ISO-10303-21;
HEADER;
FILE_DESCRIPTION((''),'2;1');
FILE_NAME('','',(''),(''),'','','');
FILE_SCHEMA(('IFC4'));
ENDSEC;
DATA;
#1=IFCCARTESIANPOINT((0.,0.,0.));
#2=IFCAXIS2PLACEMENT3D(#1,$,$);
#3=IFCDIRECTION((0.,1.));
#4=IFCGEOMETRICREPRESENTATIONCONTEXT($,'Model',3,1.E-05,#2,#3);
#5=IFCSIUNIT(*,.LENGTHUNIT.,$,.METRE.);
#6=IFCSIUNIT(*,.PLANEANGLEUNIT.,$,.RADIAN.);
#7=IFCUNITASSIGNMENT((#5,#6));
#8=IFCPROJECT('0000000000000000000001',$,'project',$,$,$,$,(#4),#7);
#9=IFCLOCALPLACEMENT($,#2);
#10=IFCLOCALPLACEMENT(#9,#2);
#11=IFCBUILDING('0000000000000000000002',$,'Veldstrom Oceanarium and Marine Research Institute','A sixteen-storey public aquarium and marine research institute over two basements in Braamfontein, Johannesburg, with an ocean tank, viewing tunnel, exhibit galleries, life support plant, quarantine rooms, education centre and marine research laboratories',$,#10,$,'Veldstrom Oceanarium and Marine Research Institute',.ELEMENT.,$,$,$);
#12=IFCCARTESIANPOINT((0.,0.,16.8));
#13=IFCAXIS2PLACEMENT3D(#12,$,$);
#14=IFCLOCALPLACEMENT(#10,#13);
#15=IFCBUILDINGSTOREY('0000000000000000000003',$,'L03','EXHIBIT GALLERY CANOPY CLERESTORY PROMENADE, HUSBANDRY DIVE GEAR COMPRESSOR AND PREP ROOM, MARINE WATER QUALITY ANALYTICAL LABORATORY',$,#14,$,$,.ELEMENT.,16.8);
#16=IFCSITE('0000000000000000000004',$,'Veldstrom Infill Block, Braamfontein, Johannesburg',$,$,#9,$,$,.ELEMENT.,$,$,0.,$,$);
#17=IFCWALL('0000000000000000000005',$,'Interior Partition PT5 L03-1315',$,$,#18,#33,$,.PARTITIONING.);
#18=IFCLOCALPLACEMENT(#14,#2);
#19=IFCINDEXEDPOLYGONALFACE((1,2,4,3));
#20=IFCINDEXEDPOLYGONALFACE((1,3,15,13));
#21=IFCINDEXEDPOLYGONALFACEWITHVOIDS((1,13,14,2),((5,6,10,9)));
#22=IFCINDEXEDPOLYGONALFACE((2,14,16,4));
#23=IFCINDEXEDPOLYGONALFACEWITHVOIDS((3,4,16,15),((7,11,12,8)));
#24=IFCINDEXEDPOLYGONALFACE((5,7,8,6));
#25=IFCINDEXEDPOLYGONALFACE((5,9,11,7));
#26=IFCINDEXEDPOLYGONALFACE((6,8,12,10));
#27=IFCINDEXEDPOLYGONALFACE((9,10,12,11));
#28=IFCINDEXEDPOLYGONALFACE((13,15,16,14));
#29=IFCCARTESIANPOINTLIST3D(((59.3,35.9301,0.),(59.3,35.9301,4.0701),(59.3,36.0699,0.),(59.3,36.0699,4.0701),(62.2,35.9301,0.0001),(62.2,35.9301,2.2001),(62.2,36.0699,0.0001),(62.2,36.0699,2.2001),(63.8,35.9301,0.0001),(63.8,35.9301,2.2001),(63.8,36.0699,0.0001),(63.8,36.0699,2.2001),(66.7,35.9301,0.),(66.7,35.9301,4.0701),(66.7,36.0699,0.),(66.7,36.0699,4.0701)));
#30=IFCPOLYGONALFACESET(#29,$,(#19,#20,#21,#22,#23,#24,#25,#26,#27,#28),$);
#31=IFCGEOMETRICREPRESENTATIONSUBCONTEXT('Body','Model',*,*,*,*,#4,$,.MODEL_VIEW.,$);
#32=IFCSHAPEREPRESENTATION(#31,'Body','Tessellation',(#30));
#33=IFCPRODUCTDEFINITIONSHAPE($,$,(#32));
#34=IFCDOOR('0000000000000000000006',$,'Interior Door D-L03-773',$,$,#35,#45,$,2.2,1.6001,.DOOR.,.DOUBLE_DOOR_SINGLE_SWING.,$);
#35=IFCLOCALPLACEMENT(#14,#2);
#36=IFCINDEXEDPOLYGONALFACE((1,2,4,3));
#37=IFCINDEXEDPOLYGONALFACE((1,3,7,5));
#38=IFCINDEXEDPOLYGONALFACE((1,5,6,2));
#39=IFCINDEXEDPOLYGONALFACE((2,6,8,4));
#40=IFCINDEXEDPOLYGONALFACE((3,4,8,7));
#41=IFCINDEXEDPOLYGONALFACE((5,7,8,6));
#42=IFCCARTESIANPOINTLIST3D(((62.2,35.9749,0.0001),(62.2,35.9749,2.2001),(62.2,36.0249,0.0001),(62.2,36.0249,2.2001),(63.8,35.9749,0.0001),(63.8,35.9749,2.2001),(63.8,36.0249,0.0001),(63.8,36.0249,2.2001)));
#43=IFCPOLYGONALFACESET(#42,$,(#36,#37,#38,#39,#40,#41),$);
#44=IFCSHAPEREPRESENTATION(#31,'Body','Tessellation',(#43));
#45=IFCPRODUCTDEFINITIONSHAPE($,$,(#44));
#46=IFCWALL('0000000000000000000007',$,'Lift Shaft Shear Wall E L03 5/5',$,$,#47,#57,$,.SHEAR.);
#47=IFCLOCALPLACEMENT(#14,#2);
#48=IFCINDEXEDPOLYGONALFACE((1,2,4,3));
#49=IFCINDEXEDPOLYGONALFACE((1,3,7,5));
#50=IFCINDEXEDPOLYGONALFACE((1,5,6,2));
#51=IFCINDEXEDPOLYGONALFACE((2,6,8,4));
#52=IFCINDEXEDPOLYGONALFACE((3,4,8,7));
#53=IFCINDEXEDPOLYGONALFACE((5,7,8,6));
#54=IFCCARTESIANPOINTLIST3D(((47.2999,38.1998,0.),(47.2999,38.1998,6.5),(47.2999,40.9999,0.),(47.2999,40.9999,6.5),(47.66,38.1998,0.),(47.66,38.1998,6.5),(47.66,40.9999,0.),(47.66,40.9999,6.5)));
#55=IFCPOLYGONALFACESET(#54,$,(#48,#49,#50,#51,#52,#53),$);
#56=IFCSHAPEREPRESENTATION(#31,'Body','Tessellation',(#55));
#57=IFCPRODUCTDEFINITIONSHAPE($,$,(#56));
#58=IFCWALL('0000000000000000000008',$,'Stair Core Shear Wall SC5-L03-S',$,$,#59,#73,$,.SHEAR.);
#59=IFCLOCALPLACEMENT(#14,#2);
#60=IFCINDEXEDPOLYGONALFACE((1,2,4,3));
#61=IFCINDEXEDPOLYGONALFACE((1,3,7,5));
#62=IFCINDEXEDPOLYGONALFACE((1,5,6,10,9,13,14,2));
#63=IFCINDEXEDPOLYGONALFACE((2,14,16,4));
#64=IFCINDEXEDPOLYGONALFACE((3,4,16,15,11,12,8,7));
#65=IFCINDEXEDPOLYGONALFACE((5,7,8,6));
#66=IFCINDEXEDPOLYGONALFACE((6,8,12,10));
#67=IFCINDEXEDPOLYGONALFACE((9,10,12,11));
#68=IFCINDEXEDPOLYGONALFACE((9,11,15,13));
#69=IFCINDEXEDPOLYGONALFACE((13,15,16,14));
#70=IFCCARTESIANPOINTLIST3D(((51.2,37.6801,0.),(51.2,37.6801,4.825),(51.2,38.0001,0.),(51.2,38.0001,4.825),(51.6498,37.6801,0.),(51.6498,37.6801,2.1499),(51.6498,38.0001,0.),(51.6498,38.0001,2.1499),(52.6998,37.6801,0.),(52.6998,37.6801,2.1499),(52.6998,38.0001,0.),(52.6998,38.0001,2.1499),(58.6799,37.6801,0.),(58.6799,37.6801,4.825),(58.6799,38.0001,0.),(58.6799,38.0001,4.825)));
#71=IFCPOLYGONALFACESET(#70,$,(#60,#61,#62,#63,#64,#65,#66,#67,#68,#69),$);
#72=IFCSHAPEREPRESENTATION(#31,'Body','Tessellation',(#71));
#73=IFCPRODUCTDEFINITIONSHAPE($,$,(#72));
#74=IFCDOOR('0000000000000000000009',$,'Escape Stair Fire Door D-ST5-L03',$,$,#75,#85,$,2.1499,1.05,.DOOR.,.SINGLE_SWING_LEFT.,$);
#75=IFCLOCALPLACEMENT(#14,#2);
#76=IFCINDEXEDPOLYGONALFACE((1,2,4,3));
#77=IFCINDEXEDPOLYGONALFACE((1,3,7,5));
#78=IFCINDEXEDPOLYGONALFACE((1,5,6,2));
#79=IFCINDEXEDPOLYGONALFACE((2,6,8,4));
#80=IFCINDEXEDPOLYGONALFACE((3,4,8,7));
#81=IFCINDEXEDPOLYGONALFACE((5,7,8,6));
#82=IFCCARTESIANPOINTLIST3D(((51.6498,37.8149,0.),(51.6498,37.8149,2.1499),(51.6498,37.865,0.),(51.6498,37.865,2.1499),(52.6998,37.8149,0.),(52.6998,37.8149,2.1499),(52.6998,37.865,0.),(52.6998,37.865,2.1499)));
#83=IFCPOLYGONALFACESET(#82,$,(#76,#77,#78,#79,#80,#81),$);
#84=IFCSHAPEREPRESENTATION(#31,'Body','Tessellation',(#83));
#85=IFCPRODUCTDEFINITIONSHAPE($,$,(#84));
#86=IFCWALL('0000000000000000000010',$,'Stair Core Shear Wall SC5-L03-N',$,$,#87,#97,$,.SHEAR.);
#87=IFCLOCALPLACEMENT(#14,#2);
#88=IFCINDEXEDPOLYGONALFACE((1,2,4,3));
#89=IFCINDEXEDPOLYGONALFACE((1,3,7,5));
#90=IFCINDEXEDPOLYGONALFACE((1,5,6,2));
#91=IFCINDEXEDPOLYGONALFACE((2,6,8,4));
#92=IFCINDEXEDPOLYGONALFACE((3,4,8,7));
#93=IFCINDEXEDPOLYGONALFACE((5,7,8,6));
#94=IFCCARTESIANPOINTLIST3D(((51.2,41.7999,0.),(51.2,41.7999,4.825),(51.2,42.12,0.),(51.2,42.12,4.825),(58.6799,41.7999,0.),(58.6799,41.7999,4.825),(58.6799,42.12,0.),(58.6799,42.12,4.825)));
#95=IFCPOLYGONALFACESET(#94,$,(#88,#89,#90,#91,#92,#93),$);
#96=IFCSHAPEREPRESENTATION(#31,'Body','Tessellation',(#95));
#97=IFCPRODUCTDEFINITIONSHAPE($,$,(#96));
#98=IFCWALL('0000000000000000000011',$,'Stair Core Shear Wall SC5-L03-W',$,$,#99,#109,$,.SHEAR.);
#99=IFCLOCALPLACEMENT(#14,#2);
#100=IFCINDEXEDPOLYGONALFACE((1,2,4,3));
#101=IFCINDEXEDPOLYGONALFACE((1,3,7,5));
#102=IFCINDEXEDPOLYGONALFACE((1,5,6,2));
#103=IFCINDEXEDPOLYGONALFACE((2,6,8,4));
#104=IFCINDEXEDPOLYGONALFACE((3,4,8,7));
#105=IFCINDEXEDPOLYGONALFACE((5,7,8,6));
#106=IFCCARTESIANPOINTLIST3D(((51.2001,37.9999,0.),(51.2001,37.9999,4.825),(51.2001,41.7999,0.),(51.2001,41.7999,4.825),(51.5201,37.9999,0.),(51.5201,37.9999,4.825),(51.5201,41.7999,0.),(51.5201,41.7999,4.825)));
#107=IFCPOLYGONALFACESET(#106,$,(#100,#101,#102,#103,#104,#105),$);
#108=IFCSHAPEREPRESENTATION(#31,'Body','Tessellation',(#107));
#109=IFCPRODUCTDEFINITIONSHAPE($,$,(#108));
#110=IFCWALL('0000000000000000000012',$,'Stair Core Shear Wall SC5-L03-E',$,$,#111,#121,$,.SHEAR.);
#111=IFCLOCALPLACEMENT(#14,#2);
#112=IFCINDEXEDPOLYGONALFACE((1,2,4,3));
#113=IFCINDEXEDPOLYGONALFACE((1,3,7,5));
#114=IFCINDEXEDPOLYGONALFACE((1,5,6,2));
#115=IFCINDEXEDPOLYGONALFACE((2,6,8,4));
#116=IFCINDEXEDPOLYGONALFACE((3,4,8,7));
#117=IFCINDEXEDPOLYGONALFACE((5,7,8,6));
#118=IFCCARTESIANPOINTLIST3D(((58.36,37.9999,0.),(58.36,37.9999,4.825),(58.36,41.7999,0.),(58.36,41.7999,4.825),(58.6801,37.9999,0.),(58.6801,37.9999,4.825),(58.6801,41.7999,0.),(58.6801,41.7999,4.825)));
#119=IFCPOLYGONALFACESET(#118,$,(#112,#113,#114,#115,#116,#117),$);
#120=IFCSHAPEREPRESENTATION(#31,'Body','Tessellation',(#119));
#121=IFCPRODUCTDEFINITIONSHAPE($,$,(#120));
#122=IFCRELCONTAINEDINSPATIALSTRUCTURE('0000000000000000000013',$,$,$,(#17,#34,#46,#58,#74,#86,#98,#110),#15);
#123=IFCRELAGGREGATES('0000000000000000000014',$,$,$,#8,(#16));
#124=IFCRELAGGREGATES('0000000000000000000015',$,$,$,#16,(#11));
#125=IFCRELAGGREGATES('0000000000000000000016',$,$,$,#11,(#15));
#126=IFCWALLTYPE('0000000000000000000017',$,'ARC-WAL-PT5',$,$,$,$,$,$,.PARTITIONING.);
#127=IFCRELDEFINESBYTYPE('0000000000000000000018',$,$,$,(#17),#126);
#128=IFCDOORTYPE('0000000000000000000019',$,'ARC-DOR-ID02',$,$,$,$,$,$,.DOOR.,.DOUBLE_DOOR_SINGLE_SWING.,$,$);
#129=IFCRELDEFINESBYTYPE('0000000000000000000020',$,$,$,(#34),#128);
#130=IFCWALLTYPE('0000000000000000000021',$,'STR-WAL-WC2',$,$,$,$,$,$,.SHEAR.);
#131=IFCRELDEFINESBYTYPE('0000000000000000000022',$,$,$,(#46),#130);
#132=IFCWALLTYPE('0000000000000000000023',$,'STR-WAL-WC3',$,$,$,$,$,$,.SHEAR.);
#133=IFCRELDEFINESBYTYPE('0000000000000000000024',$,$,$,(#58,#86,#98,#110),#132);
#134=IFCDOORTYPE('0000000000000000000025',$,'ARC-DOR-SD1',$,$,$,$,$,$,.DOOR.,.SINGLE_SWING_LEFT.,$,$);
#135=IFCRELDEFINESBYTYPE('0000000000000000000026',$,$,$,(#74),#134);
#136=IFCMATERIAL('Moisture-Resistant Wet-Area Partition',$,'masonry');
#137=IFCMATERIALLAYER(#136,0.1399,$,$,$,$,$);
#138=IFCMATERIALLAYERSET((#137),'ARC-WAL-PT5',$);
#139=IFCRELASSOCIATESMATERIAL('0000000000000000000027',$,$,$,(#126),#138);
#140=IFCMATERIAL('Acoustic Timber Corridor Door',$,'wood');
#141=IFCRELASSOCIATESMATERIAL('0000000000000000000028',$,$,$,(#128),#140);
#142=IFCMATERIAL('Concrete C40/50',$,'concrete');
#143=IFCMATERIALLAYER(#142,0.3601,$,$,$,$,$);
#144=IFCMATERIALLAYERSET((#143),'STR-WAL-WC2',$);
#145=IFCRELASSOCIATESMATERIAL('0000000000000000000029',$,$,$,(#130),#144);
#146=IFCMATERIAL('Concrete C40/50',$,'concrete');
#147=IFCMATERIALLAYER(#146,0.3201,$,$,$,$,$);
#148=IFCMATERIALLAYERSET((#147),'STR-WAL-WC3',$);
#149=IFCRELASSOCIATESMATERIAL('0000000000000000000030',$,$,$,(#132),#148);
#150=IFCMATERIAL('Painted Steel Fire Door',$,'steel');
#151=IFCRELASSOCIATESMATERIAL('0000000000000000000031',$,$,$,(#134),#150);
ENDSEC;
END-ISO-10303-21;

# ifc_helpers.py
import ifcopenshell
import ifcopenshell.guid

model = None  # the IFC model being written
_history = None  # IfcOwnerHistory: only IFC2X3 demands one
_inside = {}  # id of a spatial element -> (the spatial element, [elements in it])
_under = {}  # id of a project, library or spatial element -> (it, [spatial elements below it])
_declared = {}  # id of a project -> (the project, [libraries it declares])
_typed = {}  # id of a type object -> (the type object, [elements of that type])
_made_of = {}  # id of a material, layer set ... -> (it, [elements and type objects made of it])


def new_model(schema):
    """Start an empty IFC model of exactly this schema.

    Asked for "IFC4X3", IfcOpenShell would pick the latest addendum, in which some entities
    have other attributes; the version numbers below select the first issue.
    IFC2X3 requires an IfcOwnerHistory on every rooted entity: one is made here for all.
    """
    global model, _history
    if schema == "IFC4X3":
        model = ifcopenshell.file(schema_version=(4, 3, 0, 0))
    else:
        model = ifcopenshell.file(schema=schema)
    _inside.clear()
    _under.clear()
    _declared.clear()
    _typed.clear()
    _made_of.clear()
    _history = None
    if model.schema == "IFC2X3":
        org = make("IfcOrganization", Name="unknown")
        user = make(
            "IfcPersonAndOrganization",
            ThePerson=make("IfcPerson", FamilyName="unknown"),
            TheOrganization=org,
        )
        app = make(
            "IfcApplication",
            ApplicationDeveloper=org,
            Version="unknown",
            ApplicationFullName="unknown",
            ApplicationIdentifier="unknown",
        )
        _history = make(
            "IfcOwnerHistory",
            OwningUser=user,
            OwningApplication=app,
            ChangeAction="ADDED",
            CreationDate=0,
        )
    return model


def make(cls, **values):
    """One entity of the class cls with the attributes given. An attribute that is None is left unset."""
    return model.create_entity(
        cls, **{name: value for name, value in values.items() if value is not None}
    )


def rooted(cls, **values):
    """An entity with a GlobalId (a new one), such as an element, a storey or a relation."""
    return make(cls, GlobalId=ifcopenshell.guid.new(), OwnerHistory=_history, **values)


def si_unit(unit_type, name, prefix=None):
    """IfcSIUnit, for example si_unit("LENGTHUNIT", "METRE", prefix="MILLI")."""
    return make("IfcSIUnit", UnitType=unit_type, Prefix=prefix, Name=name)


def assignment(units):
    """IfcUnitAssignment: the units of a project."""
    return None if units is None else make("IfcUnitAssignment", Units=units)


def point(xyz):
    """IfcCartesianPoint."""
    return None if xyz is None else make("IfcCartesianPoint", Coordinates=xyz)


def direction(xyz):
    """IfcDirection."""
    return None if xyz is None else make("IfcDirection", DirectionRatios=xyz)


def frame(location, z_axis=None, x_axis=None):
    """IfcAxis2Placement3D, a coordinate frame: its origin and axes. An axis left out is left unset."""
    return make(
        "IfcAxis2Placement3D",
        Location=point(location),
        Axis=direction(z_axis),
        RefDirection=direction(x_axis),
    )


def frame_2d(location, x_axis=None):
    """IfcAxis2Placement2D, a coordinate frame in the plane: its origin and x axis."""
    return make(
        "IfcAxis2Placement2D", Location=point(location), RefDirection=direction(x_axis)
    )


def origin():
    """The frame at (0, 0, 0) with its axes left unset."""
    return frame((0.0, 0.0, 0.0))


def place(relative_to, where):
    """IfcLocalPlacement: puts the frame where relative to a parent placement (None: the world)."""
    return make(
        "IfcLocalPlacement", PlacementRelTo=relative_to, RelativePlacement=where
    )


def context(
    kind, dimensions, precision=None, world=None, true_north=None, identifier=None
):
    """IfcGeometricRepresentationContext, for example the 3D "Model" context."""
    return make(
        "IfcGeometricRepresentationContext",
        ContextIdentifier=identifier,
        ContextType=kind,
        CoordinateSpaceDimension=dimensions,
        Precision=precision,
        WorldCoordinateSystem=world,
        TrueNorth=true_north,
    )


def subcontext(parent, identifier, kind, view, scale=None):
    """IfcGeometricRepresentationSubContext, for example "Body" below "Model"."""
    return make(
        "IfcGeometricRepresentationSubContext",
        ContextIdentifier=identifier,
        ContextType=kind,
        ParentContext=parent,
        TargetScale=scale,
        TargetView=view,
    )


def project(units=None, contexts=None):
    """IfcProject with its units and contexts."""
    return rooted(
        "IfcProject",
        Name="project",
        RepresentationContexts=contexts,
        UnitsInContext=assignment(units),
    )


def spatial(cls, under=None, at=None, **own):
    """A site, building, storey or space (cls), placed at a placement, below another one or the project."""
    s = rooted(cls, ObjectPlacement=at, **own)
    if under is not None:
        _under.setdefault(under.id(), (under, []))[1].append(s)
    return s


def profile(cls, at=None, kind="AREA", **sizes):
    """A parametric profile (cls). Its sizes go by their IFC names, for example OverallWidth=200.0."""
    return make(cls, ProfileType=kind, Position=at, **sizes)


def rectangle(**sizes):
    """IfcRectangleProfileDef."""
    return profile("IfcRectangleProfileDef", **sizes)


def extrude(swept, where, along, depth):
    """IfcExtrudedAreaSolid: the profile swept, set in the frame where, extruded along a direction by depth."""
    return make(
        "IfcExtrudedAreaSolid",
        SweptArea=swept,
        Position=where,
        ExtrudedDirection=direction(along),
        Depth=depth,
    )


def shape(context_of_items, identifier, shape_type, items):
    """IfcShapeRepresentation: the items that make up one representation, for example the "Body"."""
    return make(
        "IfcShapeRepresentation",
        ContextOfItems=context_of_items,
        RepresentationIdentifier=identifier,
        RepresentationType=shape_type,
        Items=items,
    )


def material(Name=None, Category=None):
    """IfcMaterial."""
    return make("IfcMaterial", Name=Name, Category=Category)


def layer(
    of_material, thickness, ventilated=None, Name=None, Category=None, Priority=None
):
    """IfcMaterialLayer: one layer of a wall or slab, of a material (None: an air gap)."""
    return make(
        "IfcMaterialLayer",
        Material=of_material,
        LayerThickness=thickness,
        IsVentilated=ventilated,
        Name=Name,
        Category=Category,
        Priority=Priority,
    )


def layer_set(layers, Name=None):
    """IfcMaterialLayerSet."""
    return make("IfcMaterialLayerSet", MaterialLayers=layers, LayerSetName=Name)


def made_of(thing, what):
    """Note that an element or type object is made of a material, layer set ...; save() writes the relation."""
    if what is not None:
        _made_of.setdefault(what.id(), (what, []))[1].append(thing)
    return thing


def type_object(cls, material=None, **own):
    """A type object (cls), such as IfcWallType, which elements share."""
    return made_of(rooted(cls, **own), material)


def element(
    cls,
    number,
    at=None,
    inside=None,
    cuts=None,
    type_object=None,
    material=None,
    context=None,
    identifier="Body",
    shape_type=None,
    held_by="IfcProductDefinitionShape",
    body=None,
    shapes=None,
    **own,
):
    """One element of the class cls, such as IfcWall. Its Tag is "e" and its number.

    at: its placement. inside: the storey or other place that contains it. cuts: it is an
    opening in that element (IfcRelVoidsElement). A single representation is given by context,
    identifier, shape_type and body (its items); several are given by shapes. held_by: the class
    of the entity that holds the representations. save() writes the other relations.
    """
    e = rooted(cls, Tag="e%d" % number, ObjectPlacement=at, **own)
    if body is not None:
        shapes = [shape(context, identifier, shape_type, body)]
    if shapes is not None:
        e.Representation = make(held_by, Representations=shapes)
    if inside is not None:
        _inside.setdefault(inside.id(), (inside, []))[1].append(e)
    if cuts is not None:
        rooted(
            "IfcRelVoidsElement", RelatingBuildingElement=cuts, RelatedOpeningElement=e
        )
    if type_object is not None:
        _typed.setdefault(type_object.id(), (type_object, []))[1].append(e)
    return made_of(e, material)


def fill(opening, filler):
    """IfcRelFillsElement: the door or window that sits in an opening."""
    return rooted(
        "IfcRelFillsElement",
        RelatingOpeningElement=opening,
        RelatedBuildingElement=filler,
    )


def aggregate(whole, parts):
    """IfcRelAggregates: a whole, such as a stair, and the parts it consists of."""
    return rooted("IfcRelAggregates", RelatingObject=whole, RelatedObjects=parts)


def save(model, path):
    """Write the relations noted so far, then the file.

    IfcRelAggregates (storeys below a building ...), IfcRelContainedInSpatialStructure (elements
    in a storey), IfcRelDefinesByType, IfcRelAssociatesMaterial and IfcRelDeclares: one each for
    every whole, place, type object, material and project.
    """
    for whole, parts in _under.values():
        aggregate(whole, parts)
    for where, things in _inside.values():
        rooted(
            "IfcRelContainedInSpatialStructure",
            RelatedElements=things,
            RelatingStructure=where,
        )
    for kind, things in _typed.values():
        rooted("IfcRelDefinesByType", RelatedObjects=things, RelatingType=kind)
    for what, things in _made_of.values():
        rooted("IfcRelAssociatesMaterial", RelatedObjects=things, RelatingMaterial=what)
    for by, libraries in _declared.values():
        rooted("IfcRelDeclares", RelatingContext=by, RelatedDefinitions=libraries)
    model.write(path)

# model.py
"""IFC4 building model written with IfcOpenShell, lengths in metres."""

from ifc_helpers import new_model, si_unit, direction, frame, frame_2d, origin, place, context, subcontext, project, spatial, rectangle, extrude, material, layer, layer_set, type_object, element, fill, save


model = new_model("IFC4")

# Units and contexts
model_context = context("Model", 3, precision=1e-05, world=origin(), true_north=direction((0.0, 1.0)))
body_context = subcontext(model_context, "Body", "Model", "MODEL_VIEW")
ifc_project = project(units=[si_unit("LENGTHUNIT", "METRE"), si_unit("PLANEANGLEUNIT", "RADIAN")], contexts=[model_context])

# Site, building, storey
site_placement = place(None, origin())
site = spatial("IfcSite", under=ifc_project, at=site_placement, Name="Veldstrom Infill Block, Braamfontein, Johannesburg", CompositionType="ELEMENT", RefElevation=0.0)
building_placement = place(site_placement, origin())
building = spatial("IfcBuilding", under=site, at=building_placement, Name="Veldstrom Oceanarium and Marine Research Institute", Description="A sixteen-storey public aquarium and marine research institute over two basements in Braamfontein, Johannesburg, with an ocean tank, viewing tunnel, exhibit galleries, life support plant, quarantine rooms, education centre and marine research laboratories", LongName="Veldstrom Oceanarium and Marine Research Institute", CompositionType="ELEMENT")
storey_placement = place(building_placement, frame((0.0, 0.0, 16.8)))
storey = spatial("IfcBuildingStorey", under=building, at=storey_placement, Name="L03", Description="EXHIBIT GALLERY CANOPY CLERESTORY PROMENADE, HUSBANDRY DIVE GEAR COMPRESSOR AND PREP ROOM, MARINE WATER QUALITY ANALYTICAL LABORATORY", CompositionType="ELEMENT", Elevation=16.8)

# Wall, opening, door
ifc_material_1 = material(Name="Moisture-Resistant Wet-Area Partition", Category="masonry")
ifc_layer_1 = layer(ifc_material_1, 0.1399)
ifc_layer_set_1 = layer_set([ifc_layer_1], Name="ARC-WAL-PT5")
wall_type_1 = type_object("IfcWallType", Name="ARC-WAL-PT5", PredefinedType="PARTITIONING", material=ifc_layer_set_1)
wall_1_placement = place(storey_placement, frame((59.3, 36.0, 0.0), z_axis=(0.0, 0.0, 1.0), x_axis=(1.0, 0.0, 0.0)))
wall_1 = element("IfcWall", 1, at=wall_1_placement, inside=storey, type_object=wall_type_1, Name="Interior Partition PT5 L03-1315", PredefinedType="PARTITIONING", context=body_context, shape_type="SweptSolid", body=[
    extrude(rectangle(XDim=7.3999, YDim=0.1399, at=frame_2d((3.7, 0.0))), origin(), (0.0, 0.0, 1.0), 4.0701),
])
opening_1_placement = place(wall_1_placement, frame((2.8999, 0.0, 0.0)))
opening_1 = element("IfcOpeningElement", 2, at=opening_1_placement, cuts=wall_1, PredefinedType="OPENING", context=body_context, shape_type="SweptSolid", body=[
    extrude(rectangle(XDim=1.6001, YDim=2.2, at=frame_2d((0.8, 1.1001))), frame((0.0, 0.0798, 0.0), z_axis=(0.0, -1.0, 0.0), x_axis=(1.0, 0.0, 0.0)), (0.0, 0.0, 1.0), 0.1599),
])
ifc_material_2 = material(Name="Acoustic Timber Corridor Door", Category="wood")
door_type_1 = type_object("IfcDoorType", Name="ARC-DOR-ID02", OperationType="DOUBLE_DOOR_SINGLE_SWING", PredefinedType="DOOR", material=ifc_material_2)
door_1_placement = place(opening_1_placement, origin())
door_1 = element("IfcDoor", 3, at=door_1_placement, inside=storey, type_object=door_type_1, Name="Interior Door D-L03-773", OperationType="DOUBLE_DOOR_SINGLE_SWING", OverallHeight=2.2, OverallWidth=1.6001, PredefinedType="DOOR", context=body_context, shape_type="SweptSolid", body=[
    extrude(rectangle(XDim=1.6001, YDim=2.2, at=frame_2d((0.8, 1.1001))), frame((0.0, 0.0249, 0.0), z_axis=(0.0, -1.0, 0.0), x_axis=(1.0, 0.0, 0.0)), (0.0, 0.0, 1.0), 0.05),
])
fill(opening_1, door_1)

# Wall
ifc_material_3 = material(Name="Concrete C40/50", Category="concrete")
ifc_layer_2 = layer(ifc_material_3, 0.3601)
ifc_layer_set_2 = layer_set([ifc_layer_2], Name="STR-WAL-WC2")
wall_type_2 = type_object("IfcWallType", Name="STR-WAL-WC2", PredefinedType="SHEAR", material=ifc_layer_set_2)
wall_2_placement = place(storey_placement, frame((47.48, 38.2, 0.0), z_axis=(0.0, 0.0, 1.0), x_axis=(0.0, 1.0, 0.0)))
element("IfcWall", 4, at=wall_2_placement, inside=storey, type_object=wall_type_2, Name="Lift Shaft Shear Wall E L03 5/5", PredefinedType="SHEAR", context=body_context, shape_type="SweptSolid", body=[
    extrude(rectangle(XDim=2.8, YDim=0.3601, at=frame_2d((1.3999, 0.0))), origin(), (0.0, 0.0, 1.0), 6.5),
])

# Wall, opening, door
ifc_material_4 = material(Name="Concrete C40/50", Category="concrete")
ifc_layer_3 = layer(ifc_material_4, 0.3201)
ifc_layer_set_3 = layer_set([ifc_layer_3], Name="STR-WAL-WC3")
wall_type_3 = type_object("IfcWallType", Name="STR-WAL-WC3", PredefinedType="SHEAR", material=ifc_layer_set_3)
wall_3_placement = place(storey_placement, frame((51.2, 37.8401, 0.0), z_axis=(0.0, 0.0, 1.0), x_axis=(1.0, 0.0, 0.0)))
wall_3 = element("IfcWall", 5, at=wall_3_placement, inside=storey, type_object=wall_type_3, Name="Stair Core Shear Wall SC5-L03-S", PredefinedType="SHEAR", context=body_context, shape_type="SweptSolid", body=[
    extrude(rectangle(XDim=7.48, YDim=0.3201, at=frame_2d((3.74, 0.0))), origin(), (0.0, 0.0, 1.0), 4.825),
])
opening_2_placement = place(wall_3_placement, frame((0.45, 0.0, 0.0)))
opening_2 = element("IfcOpeningElement", 6, at=opening_2_placement, cuts=wall_3, PredefinedType="OPENING", context=body_context, shape_type="SweptSolid", body=[
    extrude(rectangle(XDim=1.05, YDim=2.1499, at=frame_2d((0.5249, 1.075))), frame((0.0, 0.1699, 0.0), z_axis=(0.0, -1.0, 0.0), x_axis=(1.0, 0.0, 0.0)), (0.0, 0.0, 1.0), 0.3401),
])
ifc_material_5 = material(Name="Painted Steel Fire Door", Category="steel")
door_type_2 = type_object("IfcDoorType", Name="ARC-DOR-SD1", OperationType="SINGLE_SWING_LEFT", PredefinedType="DOOR", material=ifc_material_5)
door_2_placement = place(opening_2_placement, origin())
door_2 = element("IfcDoor", 7, at=door_2_placement, inside=storey, type_object=door_type_2, Name="Escape Stair Fire Door D-ST5-L03", OperationType="SINGLE_SWING_LEFT", OverallHeight=2.1499, OverallWidth=1.05, PredefinedType="DOOR", context=body_context, shape_type="SweptSolid", body=[
    extrude(rectangle(XDim=1.05, YDim=2.1499, at=frame_2d((0.5249, 1.075))), frame((0.0, 0.0249, 0.0), z_axis=(0.0, -1.0, 0.0), x_axis=(1.0, 0.0, 0.0)), (0.0, 0.0, 1.0), 0.05),
])
fill(opening_2, door_2)

# Walls
wall_4_placement = place(storey_placement, frame((51.2, 41.96, 0.0), z_axis=(0.0, 0.0, 1.0), x_axis=(1.0, 0.0, 0.0)))
element("IfcWall", 8, at=wall_4_placement, inside=storey, type_object=wall_type_3, Name="Stair Core Shear Wall SC5-L03-N", PredefinedType="SHEAR", context=body_context, shape_type="SweptSolid", body=[
    extrude(rectangle(XDim=7.48, YDim=0.3201, at=frame_2d((3.74, 0.0))), origin(), (0.0, 0.0, 1.0), 4.825),
])
for number, where, z_axis, x_axis, name in (
    (9, (51.3601, 38.0, 0.0), (0.0, 0.0, 1.0), (0.0, 1.0, 0.0), "Stair Core Shear Wall SC5-L03-W"),
    (10, (58.52, 38.0, 0.0), (0.0, 0.0, 1.0), (0.0, 1.0, 0.0), "Stair Core Shear Wall SC5-L03-E"),
):
    element("IfcWall", number, at=place(storey_placement, frame(where, z_axis=z_axis, x_axis=x_axis)), inside=storey, type_object=wall_type_3, Name=name, PredefinedType="SHEAR", context=body_context, shape_type="SweptSolid", body=[
        extrude(rectangle(XDim=3.8, YDim=0.3201, at=frame_2d((1.8999, 0.0))), origin(), (0.0, 0.0, 1.0), 4.825),
    ])

save(model, "model.ifc")
